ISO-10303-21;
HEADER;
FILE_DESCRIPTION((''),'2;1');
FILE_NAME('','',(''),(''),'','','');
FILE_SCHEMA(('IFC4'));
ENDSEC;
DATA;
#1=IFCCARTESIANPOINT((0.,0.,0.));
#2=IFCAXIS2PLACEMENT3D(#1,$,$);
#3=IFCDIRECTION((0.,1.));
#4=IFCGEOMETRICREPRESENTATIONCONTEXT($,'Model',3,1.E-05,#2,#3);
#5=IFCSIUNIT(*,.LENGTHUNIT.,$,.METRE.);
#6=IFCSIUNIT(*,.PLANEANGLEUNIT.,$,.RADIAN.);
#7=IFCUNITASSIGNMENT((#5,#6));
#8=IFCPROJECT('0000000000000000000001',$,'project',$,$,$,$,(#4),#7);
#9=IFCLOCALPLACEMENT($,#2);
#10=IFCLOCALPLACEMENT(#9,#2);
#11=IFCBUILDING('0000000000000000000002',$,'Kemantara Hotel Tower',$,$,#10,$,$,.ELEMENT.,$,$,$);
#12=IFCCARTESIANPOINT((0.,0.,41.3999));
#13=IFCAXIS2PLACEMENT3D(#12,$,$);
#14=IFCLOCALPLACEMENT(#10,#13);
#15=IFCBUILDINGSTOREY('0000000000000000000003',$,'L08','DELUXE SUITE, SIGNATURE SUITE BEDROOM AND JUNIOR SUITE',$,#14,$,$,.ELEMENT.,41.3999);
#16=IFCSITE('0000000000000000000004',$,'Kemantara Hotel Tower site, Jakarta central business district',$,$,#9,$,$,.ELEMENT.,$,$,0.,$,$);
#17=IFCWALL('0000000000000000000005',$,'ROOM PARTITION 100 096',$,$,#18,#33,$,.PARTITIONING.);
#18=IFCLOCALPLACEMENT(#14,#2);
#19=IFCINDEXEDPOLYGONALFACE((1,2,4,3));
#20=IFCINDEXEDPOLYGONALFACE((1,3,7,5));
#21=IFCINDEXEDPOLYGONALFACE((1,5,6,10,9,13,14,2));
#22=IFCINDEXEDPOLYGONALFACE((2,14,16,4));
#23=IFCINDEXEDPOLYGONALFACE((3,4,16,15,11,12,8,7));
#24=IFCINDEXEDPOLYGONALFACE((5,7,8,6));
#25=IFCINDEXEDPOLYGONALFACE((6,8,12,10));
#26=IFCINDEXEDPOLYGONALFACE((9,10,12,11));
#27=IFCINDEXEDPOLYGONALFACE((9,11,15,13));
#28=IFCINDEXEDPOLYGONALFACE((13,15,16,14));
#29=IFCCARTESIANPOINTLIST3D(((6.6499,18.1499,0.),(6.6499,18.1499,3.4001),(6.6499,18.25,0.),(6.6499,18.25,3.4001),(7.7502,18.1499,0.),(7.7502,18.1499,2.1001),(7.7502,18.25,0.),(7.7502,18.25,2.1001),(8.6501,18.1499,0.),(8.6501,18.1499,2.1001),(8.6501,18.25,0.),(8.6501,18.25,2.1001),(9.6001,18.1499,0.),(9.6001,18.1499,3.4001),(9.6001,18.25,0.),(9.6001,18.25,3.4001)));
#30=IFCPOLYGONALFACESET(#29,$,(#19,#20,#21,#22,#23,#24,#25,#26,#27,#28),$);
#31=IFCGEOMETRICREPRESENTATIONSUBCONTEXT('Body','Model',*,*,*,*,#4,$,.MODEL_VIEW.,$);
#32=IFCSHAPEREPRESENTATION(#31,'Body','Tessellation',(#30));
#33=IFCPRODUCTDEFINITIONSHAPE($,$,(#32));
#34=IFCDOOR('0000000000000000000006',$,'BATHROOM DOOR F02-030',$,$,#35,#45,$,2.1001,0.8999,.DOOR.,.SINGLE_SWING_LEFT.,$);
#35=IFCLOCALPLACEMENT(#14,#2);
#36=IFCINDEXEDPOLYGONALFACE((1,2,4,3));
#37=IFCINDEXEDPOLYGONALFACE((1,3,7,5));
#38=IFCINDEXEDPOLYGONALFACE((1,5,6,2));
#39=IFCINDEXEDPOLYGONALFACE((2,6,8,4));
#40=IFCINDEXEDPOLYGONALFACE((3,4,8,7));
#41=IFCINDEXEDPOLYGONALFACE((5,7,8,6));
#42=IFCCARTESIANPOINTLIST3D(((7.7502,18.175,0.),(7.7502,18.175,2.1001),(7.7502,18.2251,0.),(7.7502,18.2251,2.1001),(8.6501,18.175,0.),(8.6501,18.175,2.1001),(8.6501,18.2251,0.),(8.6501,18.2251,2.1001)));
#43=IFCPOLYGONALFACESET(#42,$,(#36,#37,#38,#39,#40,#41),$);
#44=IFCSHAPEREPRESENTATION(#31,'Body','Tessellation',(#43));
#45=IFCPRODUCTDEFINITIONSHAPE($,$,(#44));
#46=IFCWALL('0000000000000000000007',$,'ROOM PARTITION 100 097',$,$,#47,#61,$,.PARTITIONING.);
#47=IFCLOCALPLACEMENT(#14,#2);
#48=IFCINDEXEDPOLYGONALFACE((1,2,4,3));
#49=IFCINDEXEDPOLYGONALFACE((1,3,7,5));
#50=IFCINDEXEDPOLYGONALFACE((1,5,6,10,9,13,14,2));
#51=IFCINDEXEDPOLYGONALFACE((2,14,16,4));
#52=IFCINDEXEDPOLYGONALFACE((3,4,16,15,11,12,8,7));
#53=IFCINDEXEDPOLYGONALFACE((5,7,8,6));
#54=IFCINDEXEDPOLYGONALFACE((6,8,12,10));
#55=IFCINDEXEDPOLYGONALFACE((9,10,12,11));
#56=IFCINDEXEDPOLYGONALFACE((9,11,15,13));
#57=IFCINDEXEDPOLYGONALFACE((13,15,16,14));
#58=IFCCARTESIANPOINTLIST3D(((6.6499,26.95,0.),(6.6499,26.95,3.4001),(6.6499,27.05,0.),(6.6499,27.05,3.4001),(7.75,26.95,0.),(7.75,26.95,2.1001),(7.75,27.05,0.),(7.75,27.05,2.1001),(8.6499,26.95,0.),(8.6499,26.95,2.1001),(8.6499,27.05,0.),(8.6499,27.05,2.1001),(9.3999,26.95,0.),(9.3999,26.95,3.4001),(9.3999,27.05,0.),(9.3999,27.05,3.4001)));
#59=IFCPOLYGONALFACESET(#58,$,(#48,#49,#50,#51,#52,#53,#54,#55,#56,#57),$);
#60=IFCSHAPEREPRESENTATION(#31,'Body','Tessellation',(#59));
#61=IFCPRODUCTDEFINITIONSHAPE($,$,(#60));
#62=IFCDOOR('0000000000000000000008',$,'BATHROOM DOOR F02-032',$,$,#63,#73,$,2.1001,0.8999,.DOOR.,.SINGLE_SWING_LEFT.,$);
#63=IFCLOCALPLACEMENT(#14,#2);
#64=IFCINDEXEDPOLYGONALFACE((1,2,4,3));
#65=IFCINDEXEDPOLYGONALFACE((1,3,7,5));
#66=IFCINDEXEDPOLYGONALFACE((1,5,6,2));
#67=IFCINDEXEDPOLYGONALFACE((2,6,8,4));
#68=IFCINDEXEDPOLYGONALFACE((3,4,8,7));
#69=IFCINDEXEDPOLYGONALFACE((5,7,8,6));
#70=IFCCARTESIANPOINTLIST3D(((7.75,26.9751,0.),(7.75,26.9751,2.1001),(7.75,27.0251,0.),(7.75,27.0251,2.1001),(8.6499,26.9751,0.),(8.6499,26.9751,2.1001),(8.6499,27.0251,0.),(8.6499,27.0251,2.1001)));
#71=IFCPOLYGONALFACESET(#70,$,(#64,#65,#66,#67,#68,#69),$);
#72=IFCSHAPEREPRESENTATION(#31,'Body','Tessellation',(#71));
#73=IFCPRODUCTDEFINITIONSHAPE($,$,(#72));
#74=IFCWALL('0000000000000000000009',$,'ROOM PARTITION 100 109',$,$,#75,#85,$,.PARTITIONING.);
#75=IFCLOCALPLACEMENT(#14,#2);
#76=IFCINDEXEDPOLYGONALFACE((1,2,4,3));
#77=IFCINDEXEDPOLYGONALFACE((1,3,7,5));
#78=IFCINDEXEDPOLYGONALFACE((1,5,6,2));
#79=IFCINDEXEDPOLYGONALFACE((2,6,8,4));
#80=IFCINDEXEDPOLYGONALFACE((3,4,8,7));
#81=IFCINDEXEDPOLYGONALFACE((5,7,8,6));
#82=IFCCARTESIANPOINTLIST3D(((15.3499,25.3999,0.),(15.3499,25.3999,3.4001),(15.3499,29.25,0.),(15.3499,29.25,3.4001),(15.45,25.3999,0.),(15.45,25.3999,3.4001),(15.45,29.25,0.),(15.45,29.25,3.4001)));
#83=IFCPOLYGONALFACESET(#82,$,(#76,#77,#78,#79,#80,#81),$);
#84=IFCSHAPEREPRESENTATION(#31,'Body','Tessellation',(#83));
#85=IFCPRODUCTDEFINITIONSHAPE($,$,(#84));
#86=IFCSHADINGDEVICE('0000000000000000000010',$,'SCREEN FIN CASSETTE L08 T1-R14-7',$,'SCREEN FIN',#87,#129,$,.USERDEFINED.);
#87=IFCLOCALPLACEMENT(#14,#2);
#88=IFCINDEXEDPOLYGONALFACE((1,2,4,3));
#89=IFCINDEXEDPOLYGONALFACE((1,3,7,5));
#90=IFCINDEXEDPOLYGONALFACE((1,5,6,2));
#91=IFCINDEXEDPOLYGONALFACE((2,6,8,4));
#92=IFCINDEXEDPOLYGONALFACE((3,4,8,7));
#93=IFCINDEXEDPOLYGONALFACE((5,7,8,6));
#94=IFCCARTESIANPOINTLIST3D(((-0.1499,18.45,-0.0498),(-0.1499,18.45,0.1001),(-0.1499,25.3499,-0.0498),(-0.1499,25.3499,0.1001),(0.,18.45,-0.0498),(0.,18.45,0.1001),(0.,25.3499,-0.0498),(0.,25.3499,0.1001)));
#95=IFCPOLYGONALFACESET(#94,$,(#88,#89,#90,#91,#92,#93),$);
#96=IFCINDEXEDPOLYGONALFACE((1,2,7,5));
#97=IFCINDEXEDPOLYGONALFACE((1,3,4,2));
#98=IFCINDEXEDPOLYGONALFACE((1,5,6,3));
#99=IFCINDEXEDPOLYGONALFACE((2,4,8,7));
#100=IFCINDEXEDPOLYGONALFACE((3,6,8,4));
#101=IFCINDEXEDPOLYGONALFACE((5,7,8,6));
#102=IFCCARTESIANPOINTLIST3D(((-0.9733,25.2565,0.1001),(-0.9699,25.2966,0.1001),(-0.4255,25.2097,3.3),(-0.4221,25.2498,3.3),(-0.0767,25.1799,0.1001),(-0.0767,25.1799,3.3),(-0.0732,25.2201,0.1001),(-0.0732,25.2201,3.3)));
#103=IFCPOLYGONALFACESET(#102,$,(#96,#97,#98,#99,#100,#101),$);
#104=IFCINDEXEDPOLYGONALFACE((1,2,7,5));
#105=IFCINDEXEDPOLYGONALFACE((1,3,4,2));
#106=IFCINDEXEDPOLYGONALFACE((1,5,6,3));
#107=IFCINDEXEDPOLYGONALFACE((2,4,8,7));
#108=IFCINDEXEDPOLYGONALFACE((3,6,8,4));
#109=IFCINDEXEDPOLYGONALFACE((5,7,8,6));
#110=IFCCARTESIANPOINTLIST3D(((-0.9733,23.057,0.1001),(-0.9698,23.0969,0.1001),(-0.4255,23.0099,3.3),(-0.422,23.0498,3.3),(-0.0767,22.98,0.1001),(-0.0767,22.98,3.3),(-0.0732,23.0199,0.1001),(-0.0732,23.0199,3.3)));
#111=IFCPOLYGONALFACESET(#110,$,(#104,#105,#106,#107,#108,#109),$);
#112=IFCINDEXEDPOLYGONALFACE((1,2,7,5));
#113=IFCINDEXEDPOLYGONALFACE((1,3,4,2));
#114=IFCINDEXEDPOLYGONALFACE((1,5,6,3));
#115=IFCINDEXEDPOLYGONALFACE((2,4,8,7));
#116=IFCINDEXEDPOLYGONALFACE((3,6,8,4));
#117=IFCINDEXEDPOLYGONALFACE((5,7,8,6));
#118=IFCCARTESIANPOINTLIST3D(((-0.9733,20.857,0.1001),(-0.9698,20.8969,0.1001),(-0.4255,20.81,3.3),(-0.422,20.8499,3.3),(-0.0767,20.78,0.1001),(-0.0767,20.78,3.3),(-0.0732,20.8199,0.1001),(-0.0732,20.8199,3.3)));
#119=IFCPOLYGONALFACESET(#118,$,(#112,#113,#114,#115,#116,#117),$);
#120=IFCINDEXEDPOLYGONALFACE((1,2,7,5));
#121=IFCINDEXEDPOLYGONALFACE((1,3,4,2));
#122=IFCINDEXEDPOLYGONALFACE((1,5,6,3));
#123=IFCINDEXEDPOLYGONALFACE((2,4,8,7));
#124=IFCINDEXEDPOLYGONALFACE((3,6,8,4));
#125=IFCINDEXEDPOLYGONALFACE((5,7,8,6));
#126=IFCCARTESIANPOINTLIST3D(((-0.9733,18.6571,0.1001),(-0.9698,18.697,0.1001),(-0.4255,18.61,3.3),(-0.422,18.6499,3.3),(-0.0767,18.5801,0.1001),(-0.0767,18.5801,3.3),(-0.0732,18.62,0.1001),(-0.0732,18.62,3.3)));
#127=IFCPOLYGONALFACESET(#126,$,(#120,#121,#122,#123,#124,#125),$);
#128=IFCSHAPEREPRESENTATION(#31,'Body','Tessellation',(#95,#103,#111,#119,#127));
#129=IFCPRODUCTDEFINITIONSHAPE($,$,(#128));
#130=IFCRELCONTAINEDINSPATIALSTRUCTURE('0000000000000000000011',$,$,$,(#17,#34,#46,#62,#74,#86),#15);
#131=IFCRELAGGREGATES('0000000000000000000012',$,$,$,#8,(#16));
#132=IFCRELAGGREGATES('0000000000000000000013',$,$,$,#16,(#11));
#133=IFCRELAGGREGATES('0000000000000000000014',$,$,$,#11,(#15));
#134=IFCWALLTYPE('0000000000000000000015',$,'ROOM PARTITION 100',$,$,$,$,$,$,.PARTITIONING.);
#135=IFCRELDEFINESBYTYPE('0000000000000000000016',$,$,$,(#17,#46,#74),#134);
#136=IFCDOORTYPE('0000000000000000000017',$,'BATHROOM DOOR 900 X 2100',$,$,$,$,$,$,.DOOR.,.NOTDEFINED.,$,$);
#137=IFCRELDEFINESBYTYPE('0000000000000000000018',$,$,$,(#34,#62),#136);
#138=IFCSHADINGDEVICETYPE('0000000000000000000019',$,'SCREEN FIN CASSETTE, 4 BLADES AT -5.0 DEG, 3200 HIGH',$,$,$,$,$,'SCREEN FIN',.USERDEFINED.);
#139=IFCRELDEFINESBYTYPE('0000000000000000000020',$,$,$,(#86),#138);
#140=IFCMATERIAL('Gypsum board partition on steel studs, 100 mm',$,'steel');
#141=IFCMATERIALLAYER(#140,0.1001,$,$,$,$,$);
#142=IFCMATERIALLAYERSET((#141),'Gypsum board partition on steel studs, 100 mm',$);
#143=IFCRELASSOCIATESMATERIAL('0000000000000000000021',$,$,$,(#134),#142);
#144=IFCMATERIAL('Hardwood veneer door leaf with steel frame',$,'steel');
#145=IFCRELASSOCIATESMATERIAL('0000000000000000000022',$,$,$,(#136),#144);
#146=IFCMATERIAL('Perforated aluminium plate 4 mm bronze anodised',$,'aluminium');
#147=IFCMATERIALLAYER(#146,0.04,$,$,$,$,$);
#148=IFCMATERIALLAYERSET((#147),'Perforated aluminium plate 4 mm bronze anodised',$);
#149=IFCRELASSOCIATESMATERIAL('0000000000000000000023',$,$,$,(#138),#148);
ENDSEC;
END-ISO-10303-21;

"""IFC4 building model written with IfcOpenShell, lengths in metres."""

from ifc_helpers import new_model, si_unit, direction, frame, frame_2d, origin, origin_2d, place, context, subcontext, project, spatial, polyline, rectangle, outline, extrude, source, transform, mapped, material, layer, layer_set, type_object, element, fill, save


model = new_model("IFC4")

# Units and contexts
model_context = context("Model", 3, precision=1e-05, world=origin(), true_north=direction((0.0, 1.0)))
body_context = subcontext(model_context, "Body", "Model", "MODEL_VIEW")
ifc_project = project(units=[si_unit("LENGTHUNIT", "METRE"), si_unit("PLANEANGLEUNIT", "RADIAN")], contexts=[model_context])

# Site, building, storey
site_placement = place(None, origin())
site = spatial("IfcSite", under=ifc_project, at=site_placement, Name="Kemantara Hotel Tower site, Jakarta central business district", CompositionType="ELEMENT", RefElevation=0.0)
building_placement = place(site_placement, origin())
building = spatial("IfcBuilding", under=site, at=building_placement, Name="Kemantara Hotel Tower", CompositionType="ELEMENT")
storey_placement = place(building_placement, frame((0.0, 0.0, 41.3999)))
storey = spatial("IfcBuildingStorey", under=building, at=storey_placement, Name="L08", Description="DELUXE SUITE, SIGNATURE SUITE BEDROOM AND JUNIOR SUITE", CompositionType="ELEMENT", Elevation=41.3999)

# Shared definitions
ifc_material_1 = material(Name="Hardwood veneer door leaf with steel frame", Category="steel")

# Shared definitions
ifc_material_2 = material(Name="Gypsum board partition on steel studs, 100 mm", Category="steel")
ifc_layer_1 = layer(ifc_material_2, 0.1001)
ifc_layer_set_1 = layer_set([ifc_layer_1], Name="Gypsum board partition on steel studs, 100 mm")
wall_type_1 = type_object("IfcWallType", Name="ROOM PARTITION 100", PredefinedType="PARTITIONING", material=ifc_layer_set_1)

# Walls, openings, doors
wall_1_placement = place(storey_placement, frame((9.6001, 18.2, 0.0), z_axis=(0.0, 0.0, 1.0), x_axis=(-1.0, 0.0, 0.0)))
wall_1 = element("IfcWall", 1, at=wall_1_placement, inside=storey, type_object=wall_type_1, Name="ROOM PARTITION 100 096", PredefinedType="PARTITIONING", context=body_context, shape_type="SweptSolid", body=[
    extrude(rectangle(XDim=2.9502, YDim=0.1001, at=frame_2d((1.4751, 0.0))), origin(), (0.0, 0.0, 1.0), 3.4001),
])
opening_1_placement = place(wall_1_placement, frame((0.95, 0.0, 0.0)))
opening_1 = element("IfcOpeningElement", 2, at=opening_1_placement, cuts=wall_1, PredefinedType="OPENING", context=body_context, shape_type="SweptSolid", body=[
    extrude(rectangle(XDim=0.8999, YDim=2.1001, at=frame_2d((0.45, 1.05))), frame((0.0, 0.0601, 0.0), z_axis=(0.0, -1.0, 0.0), x_axis=(1.0, 0.0, 0.0)), (0.0, 0.0, 1.0), 0.1201),
])
door_type_1 = type_object("IfcDoorType", Name="BATHROOM DOOR 900 X 2100", OperationType="NOTDEFINED", PredefinedType="DOOR", material=ifc_material_1)
door_1_placement = place(opening_1_placement, origin())
door_1 = element("IfcDoor", 3, at=door_1_placement, inside=storey, type_object=door_type_1, Name="BATHROOM DOOR F02-030", OperationType="SINGLE_SWING_LEFT", OverallHeight=2.1001, OverallWidth=0.8999, PredefinedType="DOOR", context=body_context, shape_type="SweptSolid", body=[
    extrude(rectangle(XDim=0.8999, YDim=2.1001, at=frame_2d((0.45, 1.05))), frame((0.0, 0.0249, 0.0), z_axis=(0.0, -1.0, 0.0), x_axis=(1.0, 0.0, 0.0)), (0.0, 0.0, 1.0), 0.05),
])
fill(opening_1, door_1)
wall_2_placement = place(storey_placement, frame((9.3999, 27.0, 0.0), z_axis=(0.0, 0.0, 1.0), x_axis=(-1.0, 0.0, 0.0)))
wall_2 = element("IfcWall", 4, at=wall_2_placement, inside=storey, type_object=wall_type_1, Name="ROOM PARTITION 100 097", PredefinedType="PARTITIONING", context=body_context, shape_type="SweptSolid", body=[
    extrude(rectangle(XDim=2.75, YDim=0.1001, at=frame_2d((1.375, 0.0))), origin(), (0.0, 0.0, 1.0), 3.4001),
])
opening_2_placement = place(wall_2_placement, frame((0.75, 0.0, 0.0)))
opening_2 = element("IfcOpeningElement", 5, at=opening_2_placement, cuts=wall_2, PredefinedType="OPENING", context=body_context, shape_type="SweptSolid", body=[
    extrude(rectangle(XDim=0.8999, YDim=2.1001, at=frame_2d((0.45, 1.05))), frame((0.0, 0.0601, 0.0), z_axis=(0.0, -1.0, 0.0), x_axis=(1.0, 0.0, 0.0)), (0.0, 0.0, 1.0), 0.1201),
])
door_2_placement = place(opening_2_placement, origin())
door_2 = element("IfcDoor", 6, at=door_2_placement, inside=storey, type_object=door_type_1, Name="BATHROOM DOOR F02-032", OperationType="SINGLE_SWING_LEFT", OverallHeight=2.1001, OverallWidth=0.8999, PredefinedType="DOOR", context=body_context, shape_type="SweptSolid", body=[
    extrude(rectangle(XDim=0.8999, YDim=2.1001, at=frame_2d((0.45, 1.05))), frame((0.0, 0.0249, 0.0), z_axis=(0.0, -1.0, 0.0), x_axis=(1.0, 0.0, 0.0)), (0.0, 0.0, 1.0), 0.05),
])
fill(opening_2, door_2)

# Wall
wall_3_placement = place(storey_placement, frame((15.3999, 25.3999, 0.0), z_axis=(0.0, 0.0, 1.0), x_axis=(0.0, 1.0, 0.0)))
element("IfcWall", 7, at=wall_3_placement, inside=storey, type_object=wall_type_1, Name="ROOM PARTITION 100 109", PredefinedType="PARTITIONING", context=body_context, shape_type="SweptSolid", body=[
    extrude(rectangle(XDim=3.8501, YDim=0.1001, at=frame_2d((1.925, 0.0))), origin(), (0.0, 0.0, 1.0), 3.4001),
])

# Shading device
ifc_material_3 = material(Name="Perforated aluminium plate 4 mm bronze anodised", Category="aluminium")
ifc_layer_2 = layer(ifc_material_3, 0.04)
ifc_layer_set_2 = layer_set([ifc_layer_2], Name="Perforated aluminium plate 4 mm bronze anodised")
shading_device_type = type_object("IfcShadingDeviceType", Name="SCREEN FIN CASSETTE, 4 BLADES AT -5.0 DEG, 3200 HIGH", ElementType="SCREEN FIN", PredefinedType="USERDEFINED", material=ifc_layer_set_2)
shared_shape = source(origin(), body_context, "Body", "SweptSolid", [
    extrude(rectangle(XDim=6.8999, YDim=0.1499, at=origin_2d()), frame((3.3, -0.075, -0.1499), z_axis=(0.0, 0.0, 1.0), x_axis=(1.0, 0.0, 0.0)), (0.0, 0.0, 1.0), 0.1499),
    extrude(outline(polyline([(0.0, 0.0), (0.8999, 0.0), (0.3501, 3.2), (0.0, 3.2), (0.0, 0.0)])), frame((0.02, -0.0767, 0.0), z_axis=(-0.996376, 0.085056, 0.0), x_axis=(-0.085056, -0.996376, 0.0)), (0.0, 0.0, 1.0), 0.0403),
    extrude(outline(polyline([(0.0, 0.0), (0.8999, 0.0), (0.3501, 3.2), (0.0, 3.2), (0.0, 0.0)])), frame((2.22, -0.0767, 0.0), z_axis=(-0.996332, 0.085575, 0.0), x_axis=(-0.085575, -0.996332, 0.0)), (0.0, 0.0, 1.0), 0.04),
    extrude(outline(polyline([(0.0, 0.0), (0.8999, 0.0), (0.3501, 3.2), (0.0, 3.2), (0.0, 0.0)])), frame((4.4199, -0.0767, 0.0), z_axis=(-0.996332, 0.085575, 0.0), x_axis=(-0.085575, -0.996332, 0.0)), (0.0, 0.0, 1.0), 0.04),
    extrude(outline(polyline([(0.0, 0.0), (0.8999, 0.0), (0.3501, 3.2), (0.0, 3.2), (0.0, 0.0)])), frame((6.6199, -0.0767, 0.0), z_axis=(-0.996332, 0.085575, 0.0), x_axis=(-0.085575, -0.996332, 0.0)), (0.0, 0.0, 1.0), 0.04),
])
shading_device_placement = place(storey_placement, frame((0.0, 25.2, 0.1001), z_axis=(0.0, 0.0, 1.0), x_axis=(0.0, -1.0, 0.0)))
element("IfcShadingDevice", 8, at=shading_device_placement, inside=storey, type_object=shading_device_type, Name="SCREEN FIN CASSETTE L08 T1-R14-7", ObjectType="SCREEN FIN", PredefinedType="USERDEFINED", context=body_context, shape_type="MappedRepresentation", body=[
    mapped(shared_shape, transform((0.0, 0.0, 0.0))),
])

save(model, "model.ifc")
